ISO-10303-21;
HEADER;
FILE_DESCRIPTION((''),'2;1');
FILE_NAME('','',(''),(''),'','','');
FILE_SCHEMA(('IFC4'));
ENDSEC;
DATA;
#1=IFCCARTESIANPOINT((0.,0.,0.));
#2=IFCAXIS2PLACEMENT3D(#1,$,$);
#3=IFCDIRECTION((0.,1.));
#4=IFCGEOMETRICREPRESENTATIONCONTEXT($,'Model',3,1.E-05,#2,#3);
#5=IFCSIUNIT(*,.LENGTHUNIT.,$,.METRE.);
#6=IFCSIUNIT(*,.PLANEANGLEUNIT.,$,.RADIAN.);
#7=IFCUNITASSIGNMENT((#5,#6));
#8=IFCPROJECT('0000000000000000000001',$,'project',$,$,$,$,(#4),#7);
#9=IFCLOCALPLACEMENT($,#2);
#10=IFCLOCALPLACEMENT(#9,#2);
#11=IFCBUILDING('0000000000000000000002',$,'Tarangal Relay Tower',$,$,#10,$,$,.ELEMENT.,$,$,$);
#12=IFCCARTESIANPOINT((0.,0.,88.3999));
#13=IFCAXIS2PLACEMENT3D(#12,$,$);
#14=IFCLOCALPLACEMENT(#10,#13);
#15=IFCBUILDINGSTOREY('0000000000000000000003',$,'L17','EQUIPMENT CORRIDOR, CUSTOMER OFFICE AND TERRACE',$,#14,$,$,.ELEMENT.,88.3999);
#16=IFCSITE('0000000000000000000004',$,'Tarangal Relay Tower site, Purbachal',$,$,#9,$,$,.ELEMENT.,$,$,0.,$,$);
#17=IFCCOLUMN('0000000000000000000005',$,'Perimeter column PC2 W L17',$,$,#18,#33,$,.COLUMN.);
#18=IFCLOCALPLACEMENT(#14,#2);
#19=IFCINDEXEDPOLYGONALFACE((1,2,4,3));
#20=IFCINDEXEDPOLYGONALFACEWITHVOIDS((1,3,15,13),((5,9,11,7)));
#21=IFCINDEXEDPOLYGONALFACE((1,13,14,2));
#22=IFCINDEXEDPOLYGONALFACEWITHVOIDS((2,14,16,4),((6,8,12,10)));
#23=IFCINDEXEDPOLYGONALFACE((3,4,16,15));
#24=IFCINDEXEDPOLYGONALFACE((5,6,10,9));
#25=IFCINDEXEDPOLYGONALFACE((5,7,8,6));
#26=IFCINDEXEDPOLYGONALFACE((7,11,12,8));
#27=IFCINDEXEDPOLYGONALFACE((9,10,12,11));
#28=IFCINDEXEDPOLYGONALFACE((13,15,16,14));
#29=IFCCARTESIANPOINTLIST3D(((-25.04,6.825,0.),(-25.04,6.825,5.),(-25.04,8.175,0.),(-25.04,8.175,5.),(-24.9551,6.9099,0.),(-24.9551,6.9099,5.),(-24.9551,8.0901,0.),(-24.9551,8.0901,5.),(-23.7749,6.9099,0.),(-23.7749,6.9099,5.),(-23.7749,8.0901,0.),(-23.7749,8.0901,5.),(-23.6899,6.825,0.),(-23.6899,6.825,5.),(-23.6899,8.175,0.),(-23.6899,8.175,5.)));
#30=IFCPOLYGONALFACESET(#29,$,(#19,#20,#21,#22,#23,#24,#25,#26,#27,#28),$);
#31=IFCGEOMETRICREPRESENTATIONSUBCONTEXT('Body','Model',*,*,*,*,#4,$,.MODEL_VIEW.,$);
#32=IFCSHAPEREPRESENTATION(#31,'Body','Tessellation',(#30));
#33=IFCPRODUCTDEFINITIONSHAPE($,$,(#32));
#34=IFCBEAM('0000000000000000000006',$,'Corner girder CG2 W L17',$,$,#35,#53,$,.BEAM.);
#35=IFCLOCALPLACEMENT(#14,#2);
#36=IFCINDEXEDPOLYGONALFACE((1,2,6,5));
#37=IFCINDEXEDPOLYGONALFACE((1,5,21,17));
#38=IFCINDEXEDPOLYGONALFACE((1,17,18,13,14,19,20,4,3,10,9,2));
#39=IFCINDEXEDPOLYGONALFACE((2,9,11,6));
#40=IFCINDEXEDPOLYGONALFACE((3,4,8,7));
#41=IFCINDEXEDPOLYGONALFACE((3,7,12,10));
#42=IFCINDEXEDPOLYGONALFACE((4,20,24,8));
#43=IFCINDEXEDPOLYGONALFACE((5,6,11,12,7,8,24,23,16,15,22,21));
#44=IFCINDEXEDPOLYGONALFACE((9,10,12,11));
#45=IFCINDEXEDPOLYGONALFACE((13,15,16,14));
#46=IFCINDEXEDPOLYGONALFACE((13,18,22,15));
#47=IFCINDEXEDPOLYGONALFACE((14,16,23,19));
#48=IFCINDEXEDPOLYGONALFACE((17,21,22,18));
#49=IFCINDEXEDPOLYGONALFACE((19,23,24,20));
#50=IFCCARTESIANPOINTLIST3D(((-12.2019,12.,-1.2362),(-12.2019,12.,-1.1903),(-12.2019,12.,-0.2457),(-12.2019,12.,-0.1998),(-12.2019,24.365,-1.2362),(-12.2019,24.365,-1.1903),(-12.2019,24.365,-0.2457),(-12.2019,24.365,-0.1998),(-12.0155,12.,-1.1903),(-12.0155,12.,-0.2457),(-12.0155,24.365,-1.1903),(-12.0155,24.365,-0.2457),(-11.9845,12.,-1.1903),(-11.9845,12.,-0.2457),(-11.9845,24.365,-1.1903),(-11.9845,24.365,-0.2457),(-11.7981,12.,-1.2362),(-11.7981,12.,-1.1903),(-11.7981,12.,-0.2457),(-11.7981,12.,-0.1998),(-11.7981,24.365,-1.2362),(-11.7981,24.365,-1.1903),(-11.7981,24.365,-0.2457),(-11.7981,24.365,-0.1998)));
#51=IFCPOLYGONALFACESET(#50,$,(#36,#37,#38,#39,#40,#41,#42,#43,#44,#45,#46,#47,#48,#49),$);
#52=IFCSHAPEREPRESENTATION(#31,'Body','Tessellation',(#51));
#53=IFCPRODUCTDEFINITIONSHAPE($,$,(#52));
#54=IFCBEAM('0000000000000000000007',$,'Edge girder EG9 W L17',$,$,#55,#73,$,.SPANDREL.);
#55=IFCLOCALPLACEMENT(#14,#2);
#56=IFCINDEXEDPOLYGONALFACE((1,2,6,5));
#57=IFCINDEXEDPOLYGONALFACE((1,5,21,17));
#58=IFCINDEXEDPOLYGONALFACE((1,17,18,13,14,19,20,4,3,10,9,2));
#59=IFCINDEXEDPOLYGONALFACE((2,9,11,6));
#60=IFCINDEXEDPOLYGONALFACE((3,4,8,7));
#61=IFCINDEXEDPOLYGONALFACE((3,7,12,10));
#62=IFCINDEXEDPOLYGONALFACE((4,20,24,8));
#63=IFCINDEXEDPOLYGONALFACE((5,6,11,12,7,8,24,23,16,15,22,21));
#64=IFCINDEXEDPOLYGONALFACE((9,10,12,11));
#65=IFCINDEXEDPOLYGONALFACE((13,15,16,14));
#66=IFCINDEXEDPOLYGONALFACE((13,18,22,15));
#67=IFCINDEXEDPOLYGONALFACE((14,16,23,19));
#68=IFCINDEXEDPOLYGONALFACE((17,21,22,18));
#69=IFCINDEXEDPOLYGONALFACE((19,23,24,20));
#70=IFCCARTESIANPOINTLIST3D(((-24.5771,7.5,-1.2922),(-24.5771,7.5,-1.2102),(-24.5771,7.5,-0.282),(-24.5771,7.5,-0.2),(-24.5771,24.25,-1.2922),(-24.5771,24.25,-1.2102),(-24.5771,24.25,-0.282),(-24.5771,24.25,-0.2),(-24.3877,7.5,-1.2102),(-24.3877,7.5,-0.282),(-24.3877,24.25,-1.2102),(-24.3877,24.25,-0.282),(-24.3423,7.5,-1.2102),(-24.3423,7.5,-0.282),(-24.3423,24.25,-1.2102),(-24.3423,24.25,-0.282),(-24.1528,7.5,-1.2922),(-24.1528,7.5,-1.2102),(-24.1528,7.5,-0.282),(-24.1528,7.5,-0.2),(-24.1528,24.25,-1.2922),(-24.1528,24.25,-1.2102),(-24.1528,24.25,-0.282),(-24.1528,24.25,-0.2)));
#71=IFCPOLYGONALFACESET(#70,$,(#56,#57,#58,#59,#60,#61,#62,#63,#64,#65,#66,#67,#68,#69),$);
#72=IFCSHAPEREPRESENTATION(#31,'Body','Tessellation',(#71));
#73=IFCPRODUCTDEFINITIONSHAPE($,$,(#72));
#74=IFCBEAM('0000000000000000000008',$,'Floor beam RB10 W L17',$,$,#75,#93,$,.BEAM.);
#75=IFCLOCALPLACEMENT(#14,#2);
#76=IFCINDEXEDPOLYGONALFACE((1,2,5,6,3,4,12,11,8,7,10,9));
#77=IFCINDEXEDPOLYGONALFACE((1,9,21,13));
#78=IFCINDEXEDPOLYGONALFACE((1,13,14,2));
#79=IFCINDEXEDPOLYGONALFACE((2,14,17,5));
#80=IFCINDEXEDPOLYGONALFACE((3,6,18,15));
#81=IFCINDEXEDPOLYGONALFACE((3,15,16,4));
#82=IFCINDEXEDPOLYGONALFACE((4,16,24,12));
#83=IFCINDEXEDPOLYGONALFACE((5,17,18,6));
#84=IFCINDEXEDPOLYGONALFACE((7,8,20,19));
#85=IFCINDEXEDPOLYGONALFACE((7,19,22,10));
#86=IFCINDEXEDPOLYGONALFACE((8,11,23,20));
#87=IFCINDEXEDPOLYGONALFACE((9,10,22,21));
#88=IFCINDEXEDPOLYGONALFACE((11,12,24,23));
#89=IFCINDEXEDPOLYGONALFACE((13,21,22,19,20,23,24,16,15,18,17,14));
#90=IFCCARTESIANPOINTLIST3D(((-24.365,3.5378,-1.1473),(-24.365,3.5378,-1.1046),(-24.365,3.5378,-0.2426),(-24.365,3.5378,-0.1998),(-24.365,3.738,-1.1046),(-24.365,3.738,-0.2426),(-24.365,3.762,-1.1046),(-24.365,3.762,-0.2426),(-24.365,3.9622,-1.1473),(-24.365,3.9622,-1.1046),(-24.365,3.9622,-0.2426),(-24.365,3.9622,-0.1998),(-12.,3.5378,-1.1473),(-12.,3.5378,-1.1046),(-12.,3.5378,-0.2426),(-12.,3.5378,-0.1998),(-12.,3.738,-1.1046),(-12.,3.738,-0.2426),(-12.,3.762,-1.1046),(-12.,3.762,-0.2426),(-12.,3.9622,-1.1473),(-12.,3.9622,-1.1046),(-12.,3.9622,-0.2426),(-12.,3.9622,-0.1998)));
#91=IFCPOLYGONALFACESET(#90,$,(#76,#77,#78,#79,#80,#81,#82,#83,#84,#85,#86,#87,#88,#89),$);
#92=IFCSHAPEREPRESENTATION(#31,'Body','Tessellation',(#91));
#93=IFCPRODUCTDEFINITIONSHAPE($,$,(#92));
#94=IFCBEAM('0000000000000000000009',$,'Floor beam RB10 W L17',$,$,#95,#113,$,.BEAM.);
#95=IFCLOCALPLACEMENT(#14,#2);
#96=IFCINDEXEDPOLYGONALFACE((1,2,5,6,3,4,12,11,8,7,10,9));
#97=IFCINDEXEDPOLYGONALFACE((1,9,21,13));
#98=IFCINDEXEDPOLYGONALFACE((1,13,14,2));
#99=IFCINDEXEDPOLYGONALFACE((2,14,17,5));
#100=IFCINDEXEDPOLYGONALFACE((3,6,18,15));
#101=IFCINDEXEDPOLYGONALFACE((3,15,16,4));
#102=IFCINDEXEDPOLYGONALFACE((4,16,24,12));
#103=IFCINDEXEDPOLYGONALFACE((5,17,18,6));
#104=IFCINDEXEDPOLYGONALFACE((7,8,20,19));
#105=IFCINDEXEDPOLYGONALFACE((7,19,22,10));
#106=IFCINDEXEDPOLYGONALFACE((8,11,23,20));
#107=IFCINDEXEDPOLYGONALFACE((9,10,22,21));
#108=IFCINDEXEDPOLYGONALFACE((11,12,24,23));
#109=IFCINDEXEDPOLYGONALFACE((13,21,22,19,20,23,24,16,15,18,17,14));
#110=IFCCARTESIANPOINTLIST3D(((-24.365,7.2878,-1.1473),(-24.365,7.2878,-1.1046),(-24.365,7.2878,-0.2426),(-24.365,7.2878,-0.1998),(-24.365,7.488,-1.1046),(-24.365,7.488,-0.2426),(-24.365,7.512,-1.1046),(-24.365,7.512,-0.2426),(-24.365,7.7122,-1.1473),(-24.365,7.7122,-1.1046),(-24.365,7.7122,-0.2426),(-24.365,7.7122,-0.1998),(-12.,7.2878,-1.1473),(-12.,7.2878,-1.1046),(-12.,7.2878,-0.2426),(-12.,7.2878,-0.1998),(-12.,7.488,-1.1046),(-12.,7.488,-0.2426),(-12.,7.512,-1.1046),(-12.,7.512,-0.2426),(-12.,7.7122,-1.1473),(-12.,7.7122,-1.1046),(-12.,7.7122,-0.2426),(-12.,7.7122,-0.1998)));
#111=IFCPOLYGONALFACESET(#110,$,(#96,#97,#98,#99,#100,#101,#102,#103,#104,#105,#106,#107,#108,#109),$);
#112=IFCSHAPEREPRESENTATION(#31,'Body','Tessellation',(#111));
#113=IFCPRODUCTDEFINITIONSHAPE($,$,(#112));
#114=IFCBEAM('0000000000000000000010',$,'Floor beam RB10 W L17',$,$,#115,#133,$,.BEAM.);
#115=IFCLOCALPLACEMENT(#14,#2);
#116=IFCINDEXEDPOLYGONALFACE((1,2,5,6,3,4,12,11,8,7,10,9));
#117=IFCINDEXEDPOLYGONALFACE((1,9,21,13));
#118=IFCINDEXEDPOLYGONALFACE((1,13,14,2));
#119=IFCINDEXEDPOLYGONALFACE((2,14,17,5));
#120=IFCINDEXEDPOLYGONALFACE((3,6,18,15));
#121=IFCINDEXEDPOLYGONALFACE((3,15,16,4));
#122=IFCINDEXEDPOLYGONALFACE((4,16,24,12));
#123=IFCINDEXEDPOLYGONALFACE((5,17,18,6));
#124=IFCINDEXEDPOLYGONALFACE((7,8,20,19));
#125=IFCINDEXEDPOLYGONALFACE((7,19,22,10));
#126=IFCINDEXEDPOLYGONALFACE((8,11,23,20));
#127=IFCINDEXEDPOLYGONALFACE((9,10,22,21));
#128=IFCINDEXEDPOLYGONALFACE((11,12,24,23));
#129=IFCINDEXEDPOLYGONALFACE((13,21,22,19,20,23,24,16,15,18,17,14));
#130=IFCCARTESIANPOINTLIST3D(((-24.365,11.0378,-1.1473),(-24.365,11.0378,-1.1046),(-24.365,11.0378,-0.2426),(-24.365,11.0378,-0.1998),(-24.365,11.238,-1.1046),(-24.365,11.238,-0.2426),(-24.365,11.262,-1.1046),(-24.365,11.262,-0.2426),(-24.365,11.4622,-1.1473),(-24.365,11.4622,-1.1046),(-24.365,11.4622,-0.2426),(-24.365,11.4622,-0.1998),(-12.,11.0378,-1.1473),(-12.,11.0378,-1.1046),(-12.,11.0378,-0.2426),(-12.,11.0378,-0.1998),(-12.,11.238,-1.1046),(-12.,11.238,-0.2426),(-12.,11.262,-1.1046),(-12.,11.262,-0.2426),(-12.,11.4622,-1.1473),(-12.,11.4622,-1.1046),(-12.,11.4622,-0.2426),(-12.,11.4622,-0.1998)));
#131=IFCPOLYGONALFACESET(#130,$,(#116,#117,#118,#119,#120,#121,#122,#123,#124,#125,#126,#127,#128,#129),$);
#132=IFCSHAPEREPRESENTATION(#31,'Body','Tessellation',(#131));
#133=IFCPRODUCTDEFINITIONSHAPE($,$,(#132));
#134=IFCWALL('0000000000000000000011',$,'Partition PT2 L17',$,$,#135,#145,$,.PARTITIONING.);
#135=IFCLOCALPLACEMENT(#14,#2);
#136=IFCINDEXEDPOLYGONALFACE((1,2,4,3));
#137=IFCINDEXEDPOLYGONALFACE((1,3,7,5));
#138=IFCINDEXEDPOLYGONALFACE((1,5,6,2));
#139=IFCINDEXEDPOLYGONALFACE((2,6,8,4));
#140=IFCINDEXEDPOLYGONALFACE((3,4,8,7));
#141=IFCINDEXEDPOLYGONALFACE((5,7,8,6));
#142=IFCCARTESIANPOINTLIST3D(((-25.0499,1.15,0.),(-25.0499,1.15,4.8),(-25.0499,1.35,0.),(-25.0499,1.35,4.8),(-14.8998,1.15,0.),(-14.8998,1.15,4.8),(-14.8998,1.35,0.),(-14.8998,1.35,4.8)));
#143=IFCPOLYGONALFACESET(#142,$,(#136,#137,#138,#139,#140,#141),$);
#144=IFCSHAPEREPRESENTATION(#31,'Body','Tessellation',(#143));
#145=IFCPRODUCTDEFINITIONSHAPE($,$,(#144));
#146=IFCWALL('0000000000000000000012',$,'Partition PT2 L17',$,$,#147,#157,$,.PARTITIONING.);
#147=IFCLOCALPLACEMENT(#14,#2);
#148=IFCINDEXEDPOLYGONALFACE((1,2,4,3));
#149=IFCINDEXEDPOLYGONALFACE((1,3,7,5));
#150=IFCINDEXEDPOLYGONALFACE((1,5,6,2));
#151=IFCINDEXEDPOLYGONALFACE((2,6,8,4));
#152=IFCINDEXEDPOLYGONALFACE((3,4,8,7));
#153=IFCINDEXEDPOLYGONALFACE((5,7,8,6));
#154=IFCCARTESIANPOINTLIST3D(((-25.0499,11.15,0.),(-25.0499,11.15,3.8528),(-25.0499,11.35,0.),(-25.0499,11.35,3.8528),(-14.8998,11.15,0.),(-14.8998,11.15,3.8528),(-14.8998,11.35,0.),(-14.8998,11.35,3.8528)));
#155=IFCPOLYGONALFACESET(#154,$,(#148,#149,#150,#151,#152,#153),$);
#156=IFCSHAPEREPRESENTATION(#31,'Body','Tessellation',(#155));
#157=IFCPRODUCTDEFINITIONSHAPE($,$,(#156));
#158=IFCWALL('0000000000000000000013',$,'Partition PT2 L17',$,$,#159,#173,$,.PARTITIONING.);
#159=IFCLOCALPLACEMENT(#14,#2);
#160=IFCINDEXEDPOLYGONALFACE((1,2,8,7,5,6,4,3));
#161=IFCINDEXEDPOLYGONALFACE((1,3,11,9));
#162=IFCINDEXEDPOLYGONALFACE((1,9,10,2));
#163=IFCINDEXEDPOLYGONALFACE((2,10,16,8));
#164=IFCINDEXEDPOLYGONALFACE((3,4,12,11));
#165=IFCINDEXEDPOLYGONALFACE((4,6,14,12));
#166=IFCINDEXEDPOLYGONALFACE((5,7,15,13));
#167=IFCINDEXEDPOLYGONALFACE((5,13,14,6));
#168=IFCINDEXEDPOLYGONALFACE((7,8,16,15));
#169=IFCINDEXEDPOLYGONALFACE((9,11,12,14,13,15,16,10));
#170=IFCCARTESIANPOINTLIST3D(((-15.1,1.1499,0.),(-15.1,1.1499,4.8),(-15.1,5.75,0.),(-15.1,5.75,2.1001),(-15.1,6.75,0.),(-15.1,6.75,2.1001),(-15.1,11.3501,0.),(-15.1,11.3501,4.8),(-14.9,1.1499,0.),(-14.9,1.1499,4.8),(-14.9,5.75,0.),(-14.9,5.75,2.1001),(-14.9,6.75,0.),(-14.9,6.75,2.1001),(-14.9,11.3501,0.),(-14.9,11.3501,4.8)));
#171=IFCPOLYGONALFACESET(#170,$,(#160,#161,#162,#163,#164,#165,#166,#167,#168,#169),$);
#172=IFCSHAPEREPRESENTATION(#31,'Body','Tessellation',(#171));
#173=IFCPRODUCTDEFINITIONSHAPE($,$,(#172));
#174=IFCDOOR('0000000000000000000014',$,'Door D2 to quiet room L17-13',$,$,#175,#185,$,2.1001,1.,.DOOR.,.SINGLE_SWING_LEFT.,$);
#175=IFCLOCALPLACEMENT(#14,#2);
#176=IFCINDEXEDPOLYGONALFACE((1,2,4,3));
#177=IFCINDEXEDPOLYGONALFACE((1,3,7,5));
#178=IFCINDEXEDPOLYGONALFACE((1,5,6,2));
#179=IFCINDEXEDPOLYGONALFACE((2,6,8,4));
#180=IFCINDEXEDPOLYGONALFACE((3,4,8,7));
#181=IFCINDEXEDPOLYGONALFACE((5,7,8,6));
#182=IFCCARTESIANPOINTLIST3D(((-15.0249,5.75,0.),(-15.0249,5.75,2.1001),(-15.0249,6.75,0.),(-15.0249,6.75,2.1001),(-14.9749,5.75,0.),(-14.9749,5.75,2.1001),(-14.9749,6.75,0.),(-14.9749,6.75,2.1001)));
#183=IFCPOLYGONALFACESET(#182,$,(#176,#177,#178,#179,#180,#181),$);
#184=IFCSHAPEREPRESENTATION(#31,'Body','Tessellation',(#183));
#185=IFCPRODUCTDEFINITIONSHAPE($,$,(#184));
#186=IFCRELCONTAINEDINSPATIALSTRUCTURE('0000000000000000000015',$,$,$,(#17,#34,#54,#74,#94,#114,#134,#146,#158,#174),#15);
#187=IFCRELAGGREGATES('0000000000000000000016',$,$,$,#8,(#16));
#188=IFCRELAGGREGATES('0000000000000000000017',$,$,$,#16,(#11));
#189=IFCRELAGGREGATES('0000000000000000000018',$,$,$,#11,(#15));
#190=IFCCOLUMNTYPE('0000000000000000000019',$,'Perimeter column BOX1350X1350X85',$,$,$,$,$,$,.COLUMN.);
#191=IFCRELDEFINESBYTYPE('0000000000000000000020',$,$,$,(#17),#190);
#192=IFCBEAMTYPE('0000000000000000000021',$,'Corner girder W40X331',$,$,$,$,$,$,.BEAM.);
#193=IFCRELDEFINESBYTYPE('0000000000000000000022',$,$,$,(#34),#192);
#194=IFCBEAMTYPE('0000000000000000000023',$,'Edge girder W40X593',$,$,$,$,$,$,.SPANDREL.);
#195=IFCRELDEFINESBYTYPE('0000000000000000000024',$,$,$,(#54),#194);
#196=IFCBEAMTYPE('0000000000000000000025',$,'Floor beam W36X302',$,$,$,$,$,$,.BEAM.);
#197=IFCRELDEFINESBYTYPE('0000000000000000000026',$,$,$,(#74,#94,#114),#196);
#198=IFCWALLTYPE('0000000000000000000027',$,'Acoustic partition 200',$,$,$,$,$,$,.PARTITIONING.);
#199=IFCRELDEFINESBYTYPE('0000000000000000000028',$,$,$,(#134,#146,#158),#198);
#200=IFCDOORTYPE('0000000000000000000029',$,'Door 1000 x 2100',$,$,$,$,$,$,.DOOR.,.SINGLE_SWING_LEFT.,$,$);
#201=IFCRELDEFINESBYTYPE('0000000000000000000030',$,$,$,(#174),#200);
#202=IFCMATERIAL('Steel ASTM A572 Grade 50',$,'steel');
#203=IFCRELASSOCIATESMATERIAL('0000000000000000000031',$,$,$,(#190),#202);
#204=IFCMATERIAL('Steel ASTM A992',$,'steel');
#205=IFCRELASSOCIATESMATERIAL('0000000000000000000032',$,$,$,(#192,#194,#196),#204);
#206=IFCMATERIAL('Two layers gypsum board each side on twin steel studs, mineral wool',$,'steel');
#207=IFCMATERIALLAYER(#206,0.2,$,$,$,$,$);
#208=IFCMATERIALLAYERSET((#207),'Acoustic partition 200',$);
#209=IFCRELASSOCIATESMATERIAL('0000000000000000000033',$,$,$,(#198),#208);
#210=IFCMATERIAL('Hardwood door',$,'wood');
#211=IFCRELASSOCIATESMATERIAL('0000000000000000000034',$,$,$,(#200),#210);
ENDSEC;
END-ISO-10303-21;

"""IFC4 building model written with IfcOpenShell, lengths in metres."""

from ifc_helpers import new_model, si_unit, direction, frame, frame_2d, origin, origin_2d, place, context, subcontext, project, spatial, rectangle, hollow_rectangle, i_section, extrude, material, layer, layer_set, material_profile, profile_set, type_object, element, fill, save


model = new_model("IFC4")

# Units and contexts
model_context = context("Model", 3, precision=1e-05, world=origin(), true_north=direction((0.0, 1.0)))
body_context = subcontext(model_context, "Body", "Model", "MODEL_VIEW")
ifc_project = project(units=[si_unit("LENGTHUNIT", "METRE"), si_unit("PLANEANGLEUNIT", "RADIAN")], contexts=[model_context])

# Site, building, storey
site_placement = place(None, origin())
site = spatial("IfcSite", under=ifc_project, at=site_placement, Name="Tarangal Relay Tower site, Purbachal", CompositionType="ELEMENT", RefElevation=0.0)
building_placement = place(site_placement, origin())
building = spatial("IfcBuilding", under=site, at=building_placement, Name="Tarangal Relay Tower", CompositionType="ELEMENT")
storey_placement = place(building_placement, frame((0.0, 0.0, 88.3999)))
storey = spatial("IfcBuildingStorey", under=building, at=storey_placement, Name="L17", Description="EQUIPMENT CORRIDOR, CUSTOMER OFFICE AND TERRACE", CompositionType="ELEMENT", Elevation=88.3999)

# Column
ifc_material_1 = material(Name="Steel ASTM A572 Grade 50", Category="steel")
ifc_material_profile_1 = material_profile(ifc_material_1, hollow_rectangle(XDim=1.3501, YDim=1.3501, WallThickness=0.085, at=origin_2d()), Name="BOX1350X1350X85")
ifc_profile_set_1 = profile_set([ifc_material_profile_1], Name="Steel ASTM A572 Grade 50")
column_type = type_object("IfcColumnType", Name="Perimeter column BOX1350X1350X85", PredefinedType="COLUMN", material=ifc_profile_set_1)
column_placement = place(storey_placement, frame((-24.365, 7.5, 0.0), z_axis=(0.0, 0.0, 1.0), x_axis=(1.0, 0.0, 0.0)))
element("IfcColumn", 1, at=column_placement, inside=storey, type_object=column_type, Name="Perimeter column PC2 W L17", PredefinedType="COLUMN", context=body_context, shape_type="SweptSolid", body=[
    extrude(hollow_rectangle(XDim=1.3501, YDim=1.3501, WallThickness=0.085, at=origin_2d()), origin(), (0.0, 0.0, 1.0), 5.0),
])

# Beams
ifc_material_2 = material(Name="Steel ASTM A992", Category="steel")
ifc_material_profile_2 = material_profile(ifc_material_2, i_section(OverallWidth=0.4038, OverallDepth=1.0364, WebThickness=0.031, FlangeThickness=0.0459, at=origin_2d()), Name="W40X331")
ifc_profile_set_2 = profile_set([ifc_material_profile_2], Name="Steel ASTM A992")
beam_type_1 = type_object("IfcBeamType", Name="Corner girder W40X331", PredefinedType="BEAM", material=ifc_profile_set_2)
beam_1_placement = place(storey_placement, frame((-12.0, 12.0, -0.718), z_axis=(0.0, 1.0, 0.0), x_axis=(-1.0, 0.0, 0.0)))
element("IfcBeam", 2, at=beam_1_placement, inside=storey, type_object=beam_type_1, Name="Corner girder CG2 W L17", PredefinedType="BEAM", context=body_context, shape_type="SweptSolid", body=[
    extrude(i_section(OverallWidth=0.4038, OverallDepth=1.0364, WebThickness=0.031, FlangeThickness=0.0459, at=origin_2d()), origin(), (0.0, 0.0, 1.0), 12.365),
])
ifc_material_profile_3 = material_profile(ifc_material_2, i_section(OverallWidth=0.4243, OverallDepth=1.0923, WebThickness=0.0454, FlangeThickness=0.082, at=origin_2d()), Name="W40X593")
ifc_profile_set_3 = profile_set([ifc_material_profile_3], Name="Steel ASTM A992")
beam_type_2 = type_object("IfcBeamType", Name="Edge girder W40X593", PredefinedType="SPANDREL", material=ifc_profile_set_3)
beam_2_placement = place(storey_placement, frame((-24.365, 7.5, -0.7461), z_axis=(0.0, 1.0, 0.0), x_axis=(-1.0, 0.0, 0.0)))
element("IfcBeam", 3, at=beam_2_placement, inside=storey, type_object=beam_type_2, Name="Edge girder EG9 W L17", PredefinedType="SPANDREL", context=body_context, shape_type="SweptSolid", body=[
    extrude(i_section(OverallWidth=0.4243, OverallDepth=1.0923, WebThickness=0.0454, FlangeThickness=0.082, at=origin_2d()), origin(), (0.0, 0.0, 1.0), 16.75),
])
ifc_material_profile_4 = material_profile(ifc_material_2, i_section(OverallWidth=0.4243, OverallDepth=0.9475, WebThickness=0.0239, FlangeThickness=0.0427, at=origin_2d()), Name="W36X302")
ifc_profile_set_4 = profile_set([ifc_material_profile_4], Name="Steel ASTM A992")
beam_type_3 = type_object("IfcBeamType", Name="Floor beam W36X302", PredefinedType="BEAM", material=ifc_profile_set_4)
for number, where, z_axis, x_axis, name in (
    (4, (-12.0, 3.75, -0.6736), (-1.0, 0.0, 0.0), (0.0, -1.0, 0.0), "Floor beam RB10 W L17"),
    (5, (-12.0, 7.5, -0.6736), (-1.0, 0.0, 0.0), (0.0, -1.0, 0.0), "Floor beam RB10 W L17"),
    (6, (-12.0, 11.25, -0.6736), (-1.0, 0.0, 0.0), (0.0, -1.0, 0.0), "Floor beam RB10 W L17"),
):
    element("IfcBeam", number, at=place(storey_placement, frame(where, z_axis=z_axis, x_axis=x_axis)), inside=storey, type_object=beam_type_3, Name=name, PredefinedType="BEAM", context=body_context, shape_type="SweptSolid", body=[
        extrude(i_section(OverallWidth=0.4243, OverallDepth=0.9475, WebThickness=0.0239, FlangeThickness=0.0427, at=origin_2d()), origin(), (0.0, 0.0, 1.0), 12.365),
    ])

# Walls
ifc_material_3 = material(Name="Two layers gypsum board each side on twin steel studs, mineral wool", Category="steel")
ifc_layer_1 = layer(ifc_material_3, 0.2)
ifc_layer_set_1 = layer_set([ifc_layer_1], Name="Acoustic partition 200")
wall_type_1 = type_object("IfcWallType", Name="Acoustic partition 200", PredefinedType="PARTITIONING", material=ifc_layer_set_1)
wall_1_placement = place(storey_placement, frame((-25.05, 1.25, 0.0), z_axis=(0.0, 0.0, 1.0), x_axis=(1.0, 0.0, 0.0)))
element("IfcWall", 7, at=wall_1_placement, inside=storey, type_object=wall_type_1, Name="Partition PT2 L17", PredefinedType="PARTITIONING", context=body_context, shape_type="SweptSolid", body=[
    extrude(rectangle(XDim=10.1501, YDim=0.2, at=frame_2d((5.0752, 0.0))), origin(), (0.0, 0.0, 1.0), 4.8),
])
wall_2_placement = place(storey_placement, frame((-25.05, 11.25, 0.0), z_axis=(0.0, 0.0, 1.0), x_axis=(1.0, 0.0, 0.0)))
element("IfcWall", 8, at=wall_2_placement, inside=storey, type_object=wall_type_1, Name="Partition PT2 L17", PredefinedType="PARTITIONING", context=body_context, shape_type="SweptSolid", body=[
    extrude(rectangle(XDim=10.1501, YDim=0.2, at=frame_2d((5.0752, 0.0))), origin(), (0.0, 0.0, 1.0), 3.8528),
])

# Wall, opening, door
wall_3_placement = place(storey_placement, frame((-15.0, 1.1499, 0.0), z_axis=(0.0, 0.0, 1.0), x_axis=(0.0, 1.0, 0.0)))
wall_3 = element("IfcWall", 9, at=wall_3_placement, inside=storey, type_object=wall_type_1, Name="Partition PT2 L17", PredefinedType="PARTITIONING", context=body_context, shape_type="SweptSolid", body=[
    extrude(rectangle(XDim=10.2002, YDim=0.2, at=frame_2d((5.1001, 0.0))), origin(), (0.0, 0.0, 1.0), 4.8),
])
opening_1_placement = place(wall_3_placement, frame((4.6001, 0.0, 0.0)))
opening_1 = element("IfcOpeningElement", 10, at=opening_1_placement, cuts=wall_3, PredefinedType="OPENING", context=body_context, shape_type="SweptSolid", body=[
    extrude(rectangle(XDim=1.0, YDim=2.1001, at=frame_2d((0.5, 1.05))), frame((0.0, 0.1099, 0.0), z_axis=(0.0, -1.0, 0.0), x_axis=(1.0, 0.0, 0.0)), (0.0, 0.0, 1.0), 0.22),
])
ifc_material_4 = material(Name="Hardwood door", Category="wood")
door_type_1 = type_object("IfcDoorType", Name="Door 1000 x 2100", OperationType="SINGLE_SWING_LEFT", PredefinedType="DOOR", material=ifc_material_4)
door_1_placement = place(opening_1_placement, origin())
door_1 = element("IfcDoor", 11, at=door_1_placement, inside=storey, type_object=door_type_1, Name="Door D2 to quiet room L17-13", OperationType="SINGLE_SWING_LEFT", OverallHeight=2.1001, OverallWidth=1.0, PredefinedType="DOOR", context=body_context, shape_type="SweptSolid", body=[
    extrude(rectangle(XDim=1.0, YDim=2.1001, at=frame_2d((0.5, 1.05))), frame((0.0, 0.0249, 0.0), z_axis=(0.0, -1.0, 0.0), x_axis=(1.0, 0.0, 0.0)), (0.0, 0.0, 1.0), 0.05),
])
fill(opening_1, door_1)

save(model, "model.ifc")
